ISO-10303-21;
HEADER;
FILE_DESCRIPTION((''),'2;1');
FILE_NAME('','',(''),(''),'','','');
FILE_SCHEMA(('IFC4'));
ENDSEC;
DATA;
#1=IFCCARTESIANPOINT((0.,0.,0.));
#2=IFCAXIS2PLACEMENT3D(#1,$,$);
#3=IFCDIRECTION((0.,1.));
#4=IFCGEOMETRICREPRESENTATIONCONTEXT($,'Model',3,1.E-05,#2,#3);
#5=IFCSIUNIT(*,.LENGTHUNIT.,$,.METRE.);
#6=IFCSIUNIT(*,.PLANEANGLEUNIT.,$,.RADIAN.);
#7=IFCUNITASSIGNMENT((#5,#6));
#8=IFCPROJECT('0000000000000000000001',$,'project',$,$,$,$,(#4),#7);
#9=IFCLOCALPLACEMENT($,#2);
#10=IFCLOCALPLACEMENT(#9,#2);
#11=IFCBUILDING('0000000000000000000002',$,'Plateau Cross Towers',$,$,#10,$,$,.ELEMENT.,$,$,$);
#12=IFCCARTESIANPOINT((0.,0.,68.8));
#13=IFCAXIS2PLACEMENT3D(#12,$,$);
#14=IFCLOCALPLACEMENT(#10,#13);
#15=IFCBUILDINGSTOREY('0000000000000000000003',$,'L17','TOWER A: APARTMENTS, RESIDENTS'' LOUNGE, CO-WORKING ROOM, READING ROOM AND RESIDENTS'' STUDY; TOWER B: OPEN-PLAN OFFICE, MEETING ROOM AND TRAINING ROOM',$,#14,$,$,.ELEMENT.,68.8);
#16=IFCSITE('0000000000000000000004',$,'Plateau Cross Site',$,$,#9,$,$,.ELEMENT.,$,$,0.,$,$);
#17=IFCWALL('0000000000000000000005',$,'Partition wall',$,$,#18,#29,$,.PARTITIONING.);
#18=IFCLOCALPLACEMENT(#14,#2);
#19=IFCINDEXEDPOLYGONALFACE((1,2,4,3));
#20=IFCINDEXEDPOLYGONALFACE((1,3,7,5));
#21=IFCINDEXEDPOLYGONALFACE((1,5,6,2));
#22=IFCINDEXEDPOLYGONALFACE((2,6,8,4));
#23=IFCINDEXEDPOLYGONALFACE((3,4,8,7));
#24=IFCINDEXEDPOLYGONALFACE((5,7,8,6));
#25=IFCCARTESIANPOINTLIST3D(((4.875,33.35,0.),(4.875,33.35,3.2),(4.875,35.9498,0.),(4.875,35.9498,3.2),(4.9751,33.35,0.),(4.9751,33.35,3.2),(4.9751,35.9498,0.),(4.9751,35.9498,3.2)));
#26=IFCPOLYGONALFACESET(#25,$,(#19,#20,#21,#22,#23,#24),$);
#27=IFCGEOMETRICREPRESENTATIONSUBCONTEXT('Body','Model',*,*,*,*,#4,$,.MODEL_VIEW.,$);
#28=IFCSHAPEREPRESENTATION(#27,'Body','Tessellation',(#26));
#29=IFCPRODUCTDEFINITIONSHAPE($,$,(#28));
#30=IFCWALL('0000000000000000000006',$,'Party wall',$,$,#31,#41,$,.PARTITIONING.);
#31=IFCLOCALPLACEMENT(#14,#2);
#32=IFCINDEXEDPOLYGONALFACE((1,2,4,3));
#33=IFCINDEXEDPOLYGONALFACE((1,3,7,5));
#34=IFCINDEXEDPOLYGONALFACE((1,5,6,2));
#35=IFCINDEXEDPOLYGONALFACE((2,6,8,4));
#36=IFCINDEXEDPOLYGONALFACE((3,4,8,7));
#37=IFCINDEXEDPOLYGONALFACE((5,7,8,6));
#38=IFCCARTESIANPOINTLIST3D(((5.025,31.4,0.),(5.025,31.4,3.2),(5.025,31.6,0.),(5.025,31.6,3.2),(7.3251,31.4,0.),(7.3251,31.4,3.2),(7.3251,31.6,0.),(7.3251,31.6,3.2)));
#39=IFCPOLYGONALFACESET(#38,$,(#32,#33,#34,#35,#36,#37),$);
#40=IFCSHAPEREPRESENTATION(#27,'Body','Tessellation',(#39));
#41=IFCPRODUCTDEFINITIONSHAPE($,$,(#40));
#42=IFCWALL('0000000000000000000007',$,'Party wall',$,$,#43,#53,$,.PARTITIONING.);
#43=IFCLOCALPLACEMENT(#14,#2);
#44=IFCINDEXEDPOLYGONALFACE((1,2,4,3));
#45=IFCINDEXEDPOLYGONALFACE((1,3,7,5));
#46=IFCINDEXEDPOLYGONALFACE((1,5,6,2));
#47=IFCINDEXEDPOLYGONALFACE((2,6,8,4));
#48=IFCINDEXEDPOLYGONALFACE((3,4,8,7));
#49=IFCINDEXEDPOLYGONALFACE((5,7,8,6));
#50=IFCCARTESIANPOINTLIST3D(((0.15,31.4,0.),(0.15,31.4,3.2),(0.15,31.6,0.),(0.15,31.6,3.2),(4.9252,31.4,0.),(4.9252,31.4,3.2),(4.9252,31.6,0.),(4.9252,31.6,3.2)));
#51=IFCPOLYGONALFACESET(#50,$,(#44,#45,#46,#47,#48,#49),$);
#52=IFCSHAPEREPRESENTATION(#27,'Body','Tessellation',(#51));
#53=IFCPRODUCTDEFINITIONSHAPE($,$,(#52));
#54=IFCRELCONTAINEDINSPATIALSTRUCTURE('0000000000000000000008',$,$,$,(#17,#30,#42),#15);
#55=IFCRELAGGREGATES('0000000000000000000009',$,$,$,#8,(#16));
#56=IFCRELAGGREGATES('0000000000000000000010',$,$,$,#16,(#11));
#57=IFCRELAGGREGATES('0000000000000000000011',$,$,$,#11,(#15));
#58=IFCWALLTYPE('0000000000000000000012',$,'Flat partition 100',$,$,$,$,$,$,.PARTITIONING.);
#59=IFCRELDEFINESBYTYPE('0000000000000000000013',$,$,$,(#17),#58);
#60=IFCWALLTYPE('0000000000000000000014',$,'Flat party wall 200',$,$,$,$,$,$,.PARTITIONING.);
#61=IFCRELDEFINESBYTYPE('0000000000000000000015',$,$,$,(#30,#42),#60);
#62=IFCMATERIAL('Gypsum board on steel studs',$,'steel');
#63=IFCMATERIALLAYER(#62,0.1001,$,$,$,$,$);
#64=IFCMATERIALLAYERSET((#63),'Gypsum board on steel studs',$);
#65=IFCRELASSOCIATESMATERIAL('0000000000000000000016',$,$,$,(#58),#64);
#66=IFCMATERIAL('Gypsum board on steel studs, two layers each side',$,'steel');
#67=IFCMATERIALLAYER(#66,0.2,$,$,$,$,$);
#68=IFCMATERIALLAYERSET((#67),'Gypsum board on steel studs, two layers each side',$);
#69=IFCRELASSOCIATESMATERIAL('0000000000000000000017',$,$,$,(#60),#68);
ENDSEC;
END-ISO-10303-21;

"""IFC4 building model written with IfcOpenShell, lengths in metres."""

from ifc_helpers import new_model, si_unit, direction, frame, frame_2d, origin, place, context, subcontext, project, spatial, rectangle, extrude, material, layer, layer_set, type_object, element, save


model = new_model("IFC4")

# Units and contexts
model_context = context("Model", 3, precision=1e-05, world=origin(), true_north=direction((0.0, 1.0)))
body_context = subcontext(model_context, "Body", "Model", "MODEL_VIEW")
ifc_project = project(units=[si_unit("LENGTHUNIT", "METRE"), si_unit("PLANEANGLEUNIT", "RADIAN")], contexts=[model_context])

# Site, building, storey
site_placement = place(None, origin())
site = spatial("IfcSite", under=ifc_project, at=site_placement, Name="Plateau Cross Site", CompositionType="ELEMENT", RefElevation=0.0)
building_placement = place(site_placement, origin())
building = spatial("IfcBuilding", under=site, at=building_placement, Name="Plateau Cross Towers", CompositionType="ELEMENT")
storey_placement = place(building_placement, frame((0.0, 0.0, 68.8)))
storey = spatial("IfcBuildingStorey", under=building, at=storey_placement, Name="L17", Description="TOWER A: APARTMENTS, RESIDENTS' LOUNGE, CO-WORKING ROOM, READING ROOM AND RESIDENTS' STUDY; TOWER B: OPEN-PLAN OFFICE, MEETING ROOM AND TRAINING ROOM", CompositionType="ELEMENT", Elevation=68.8)

# Shared definitions
ifc_material_1 = material(Name="Gypsum board on steel studs", Category="steel")
ifc_layer_1 = layer(ifc_material_1, 0.1001)
ifc_layer_set_1 = layer_set([ifc_layer_1], Name="Gypsum board on steel studs")
wall_type_1 = type_object("IfcWallType", Name="Flat partition 100", PredefinedType="PARTITIONING", material=ifc_layer_set_1)

# Walls
wall_1_placement = place(storey_placement, frame((4.925, 33.3501, 0.0), z_axis=(0.0, 0.0, 1.0), x_axis=(0.0, 1.0, 0.0)))
element("IfcWall", 1, at=wall_1_placement, inside=storey, type_object=wall_type_1, Name="Partition wall", PredefinedType="PARTITIONING", context=body_context, shape_type="SweptSolid", body=[
    extrude(rectangle(XDim=2.5999, YDim=0.1001, at=frame_2d((1.2998, 0.0))), origin(), (0.0, 0.0, 1.0), 3.2),
])
ifc_material_2 = material(Name="Gypsum board on steel studs, two layers each side", Category="steel")
ifc_layer_2 = layer(ifc_material_2, 0.2)
ifc_layer_set_2 = layer_set([ifc_layer_2], Name="Gypsum board on steel studs, two layers each side")
wall_type_2 = type_object("IfcWallType", Name="Flat party wall 200", PredefinedType="PARTITIONING", material=ifc_layer_set_2)
wall_2_placement = place(storey_placement, frame((7.325, 31.5, 0.0), z_axis=(0.0, 0.0, 1.0), x_axis=(-1.0, 0.0, 0.0)))
element("IfcWall", 2, at=wall_2_placement, inside=storey, type_object=wall_type_2, Name="Party wall", PredefinedType="PARTITIONING", context=body_context, shape_type="SweptSolid", body=[
    extrude(rectangle(XDim=2.3, YDim=0.2, at=frame_2d((1.1499, 0.0))), origin(), (0.0, 0.0, 1.0), 3.2),
])
wall_3_placement = place(storey_placement, frame((0.1499, 31.5, 0.0), z_axis=(0.0, 0.0, 1.0), x_axis=(1.0, 0.0, 0.0)))
element("IfcWall", 3, at=wall_3_placement, inside=storey, type_object=wall_type_2, Name="Party wall", PredefinedType="PARTITIONING", context=body_context, shape_type="SweptSolid", body=[
    extrude(rectangle(XDim=4.7751, YDim=0.2, at=frame_2d((2.3877, 0.0))), origin(), (0.0, 0.0, 1.0), 3.2),
])

save(model, "model.ifc")
